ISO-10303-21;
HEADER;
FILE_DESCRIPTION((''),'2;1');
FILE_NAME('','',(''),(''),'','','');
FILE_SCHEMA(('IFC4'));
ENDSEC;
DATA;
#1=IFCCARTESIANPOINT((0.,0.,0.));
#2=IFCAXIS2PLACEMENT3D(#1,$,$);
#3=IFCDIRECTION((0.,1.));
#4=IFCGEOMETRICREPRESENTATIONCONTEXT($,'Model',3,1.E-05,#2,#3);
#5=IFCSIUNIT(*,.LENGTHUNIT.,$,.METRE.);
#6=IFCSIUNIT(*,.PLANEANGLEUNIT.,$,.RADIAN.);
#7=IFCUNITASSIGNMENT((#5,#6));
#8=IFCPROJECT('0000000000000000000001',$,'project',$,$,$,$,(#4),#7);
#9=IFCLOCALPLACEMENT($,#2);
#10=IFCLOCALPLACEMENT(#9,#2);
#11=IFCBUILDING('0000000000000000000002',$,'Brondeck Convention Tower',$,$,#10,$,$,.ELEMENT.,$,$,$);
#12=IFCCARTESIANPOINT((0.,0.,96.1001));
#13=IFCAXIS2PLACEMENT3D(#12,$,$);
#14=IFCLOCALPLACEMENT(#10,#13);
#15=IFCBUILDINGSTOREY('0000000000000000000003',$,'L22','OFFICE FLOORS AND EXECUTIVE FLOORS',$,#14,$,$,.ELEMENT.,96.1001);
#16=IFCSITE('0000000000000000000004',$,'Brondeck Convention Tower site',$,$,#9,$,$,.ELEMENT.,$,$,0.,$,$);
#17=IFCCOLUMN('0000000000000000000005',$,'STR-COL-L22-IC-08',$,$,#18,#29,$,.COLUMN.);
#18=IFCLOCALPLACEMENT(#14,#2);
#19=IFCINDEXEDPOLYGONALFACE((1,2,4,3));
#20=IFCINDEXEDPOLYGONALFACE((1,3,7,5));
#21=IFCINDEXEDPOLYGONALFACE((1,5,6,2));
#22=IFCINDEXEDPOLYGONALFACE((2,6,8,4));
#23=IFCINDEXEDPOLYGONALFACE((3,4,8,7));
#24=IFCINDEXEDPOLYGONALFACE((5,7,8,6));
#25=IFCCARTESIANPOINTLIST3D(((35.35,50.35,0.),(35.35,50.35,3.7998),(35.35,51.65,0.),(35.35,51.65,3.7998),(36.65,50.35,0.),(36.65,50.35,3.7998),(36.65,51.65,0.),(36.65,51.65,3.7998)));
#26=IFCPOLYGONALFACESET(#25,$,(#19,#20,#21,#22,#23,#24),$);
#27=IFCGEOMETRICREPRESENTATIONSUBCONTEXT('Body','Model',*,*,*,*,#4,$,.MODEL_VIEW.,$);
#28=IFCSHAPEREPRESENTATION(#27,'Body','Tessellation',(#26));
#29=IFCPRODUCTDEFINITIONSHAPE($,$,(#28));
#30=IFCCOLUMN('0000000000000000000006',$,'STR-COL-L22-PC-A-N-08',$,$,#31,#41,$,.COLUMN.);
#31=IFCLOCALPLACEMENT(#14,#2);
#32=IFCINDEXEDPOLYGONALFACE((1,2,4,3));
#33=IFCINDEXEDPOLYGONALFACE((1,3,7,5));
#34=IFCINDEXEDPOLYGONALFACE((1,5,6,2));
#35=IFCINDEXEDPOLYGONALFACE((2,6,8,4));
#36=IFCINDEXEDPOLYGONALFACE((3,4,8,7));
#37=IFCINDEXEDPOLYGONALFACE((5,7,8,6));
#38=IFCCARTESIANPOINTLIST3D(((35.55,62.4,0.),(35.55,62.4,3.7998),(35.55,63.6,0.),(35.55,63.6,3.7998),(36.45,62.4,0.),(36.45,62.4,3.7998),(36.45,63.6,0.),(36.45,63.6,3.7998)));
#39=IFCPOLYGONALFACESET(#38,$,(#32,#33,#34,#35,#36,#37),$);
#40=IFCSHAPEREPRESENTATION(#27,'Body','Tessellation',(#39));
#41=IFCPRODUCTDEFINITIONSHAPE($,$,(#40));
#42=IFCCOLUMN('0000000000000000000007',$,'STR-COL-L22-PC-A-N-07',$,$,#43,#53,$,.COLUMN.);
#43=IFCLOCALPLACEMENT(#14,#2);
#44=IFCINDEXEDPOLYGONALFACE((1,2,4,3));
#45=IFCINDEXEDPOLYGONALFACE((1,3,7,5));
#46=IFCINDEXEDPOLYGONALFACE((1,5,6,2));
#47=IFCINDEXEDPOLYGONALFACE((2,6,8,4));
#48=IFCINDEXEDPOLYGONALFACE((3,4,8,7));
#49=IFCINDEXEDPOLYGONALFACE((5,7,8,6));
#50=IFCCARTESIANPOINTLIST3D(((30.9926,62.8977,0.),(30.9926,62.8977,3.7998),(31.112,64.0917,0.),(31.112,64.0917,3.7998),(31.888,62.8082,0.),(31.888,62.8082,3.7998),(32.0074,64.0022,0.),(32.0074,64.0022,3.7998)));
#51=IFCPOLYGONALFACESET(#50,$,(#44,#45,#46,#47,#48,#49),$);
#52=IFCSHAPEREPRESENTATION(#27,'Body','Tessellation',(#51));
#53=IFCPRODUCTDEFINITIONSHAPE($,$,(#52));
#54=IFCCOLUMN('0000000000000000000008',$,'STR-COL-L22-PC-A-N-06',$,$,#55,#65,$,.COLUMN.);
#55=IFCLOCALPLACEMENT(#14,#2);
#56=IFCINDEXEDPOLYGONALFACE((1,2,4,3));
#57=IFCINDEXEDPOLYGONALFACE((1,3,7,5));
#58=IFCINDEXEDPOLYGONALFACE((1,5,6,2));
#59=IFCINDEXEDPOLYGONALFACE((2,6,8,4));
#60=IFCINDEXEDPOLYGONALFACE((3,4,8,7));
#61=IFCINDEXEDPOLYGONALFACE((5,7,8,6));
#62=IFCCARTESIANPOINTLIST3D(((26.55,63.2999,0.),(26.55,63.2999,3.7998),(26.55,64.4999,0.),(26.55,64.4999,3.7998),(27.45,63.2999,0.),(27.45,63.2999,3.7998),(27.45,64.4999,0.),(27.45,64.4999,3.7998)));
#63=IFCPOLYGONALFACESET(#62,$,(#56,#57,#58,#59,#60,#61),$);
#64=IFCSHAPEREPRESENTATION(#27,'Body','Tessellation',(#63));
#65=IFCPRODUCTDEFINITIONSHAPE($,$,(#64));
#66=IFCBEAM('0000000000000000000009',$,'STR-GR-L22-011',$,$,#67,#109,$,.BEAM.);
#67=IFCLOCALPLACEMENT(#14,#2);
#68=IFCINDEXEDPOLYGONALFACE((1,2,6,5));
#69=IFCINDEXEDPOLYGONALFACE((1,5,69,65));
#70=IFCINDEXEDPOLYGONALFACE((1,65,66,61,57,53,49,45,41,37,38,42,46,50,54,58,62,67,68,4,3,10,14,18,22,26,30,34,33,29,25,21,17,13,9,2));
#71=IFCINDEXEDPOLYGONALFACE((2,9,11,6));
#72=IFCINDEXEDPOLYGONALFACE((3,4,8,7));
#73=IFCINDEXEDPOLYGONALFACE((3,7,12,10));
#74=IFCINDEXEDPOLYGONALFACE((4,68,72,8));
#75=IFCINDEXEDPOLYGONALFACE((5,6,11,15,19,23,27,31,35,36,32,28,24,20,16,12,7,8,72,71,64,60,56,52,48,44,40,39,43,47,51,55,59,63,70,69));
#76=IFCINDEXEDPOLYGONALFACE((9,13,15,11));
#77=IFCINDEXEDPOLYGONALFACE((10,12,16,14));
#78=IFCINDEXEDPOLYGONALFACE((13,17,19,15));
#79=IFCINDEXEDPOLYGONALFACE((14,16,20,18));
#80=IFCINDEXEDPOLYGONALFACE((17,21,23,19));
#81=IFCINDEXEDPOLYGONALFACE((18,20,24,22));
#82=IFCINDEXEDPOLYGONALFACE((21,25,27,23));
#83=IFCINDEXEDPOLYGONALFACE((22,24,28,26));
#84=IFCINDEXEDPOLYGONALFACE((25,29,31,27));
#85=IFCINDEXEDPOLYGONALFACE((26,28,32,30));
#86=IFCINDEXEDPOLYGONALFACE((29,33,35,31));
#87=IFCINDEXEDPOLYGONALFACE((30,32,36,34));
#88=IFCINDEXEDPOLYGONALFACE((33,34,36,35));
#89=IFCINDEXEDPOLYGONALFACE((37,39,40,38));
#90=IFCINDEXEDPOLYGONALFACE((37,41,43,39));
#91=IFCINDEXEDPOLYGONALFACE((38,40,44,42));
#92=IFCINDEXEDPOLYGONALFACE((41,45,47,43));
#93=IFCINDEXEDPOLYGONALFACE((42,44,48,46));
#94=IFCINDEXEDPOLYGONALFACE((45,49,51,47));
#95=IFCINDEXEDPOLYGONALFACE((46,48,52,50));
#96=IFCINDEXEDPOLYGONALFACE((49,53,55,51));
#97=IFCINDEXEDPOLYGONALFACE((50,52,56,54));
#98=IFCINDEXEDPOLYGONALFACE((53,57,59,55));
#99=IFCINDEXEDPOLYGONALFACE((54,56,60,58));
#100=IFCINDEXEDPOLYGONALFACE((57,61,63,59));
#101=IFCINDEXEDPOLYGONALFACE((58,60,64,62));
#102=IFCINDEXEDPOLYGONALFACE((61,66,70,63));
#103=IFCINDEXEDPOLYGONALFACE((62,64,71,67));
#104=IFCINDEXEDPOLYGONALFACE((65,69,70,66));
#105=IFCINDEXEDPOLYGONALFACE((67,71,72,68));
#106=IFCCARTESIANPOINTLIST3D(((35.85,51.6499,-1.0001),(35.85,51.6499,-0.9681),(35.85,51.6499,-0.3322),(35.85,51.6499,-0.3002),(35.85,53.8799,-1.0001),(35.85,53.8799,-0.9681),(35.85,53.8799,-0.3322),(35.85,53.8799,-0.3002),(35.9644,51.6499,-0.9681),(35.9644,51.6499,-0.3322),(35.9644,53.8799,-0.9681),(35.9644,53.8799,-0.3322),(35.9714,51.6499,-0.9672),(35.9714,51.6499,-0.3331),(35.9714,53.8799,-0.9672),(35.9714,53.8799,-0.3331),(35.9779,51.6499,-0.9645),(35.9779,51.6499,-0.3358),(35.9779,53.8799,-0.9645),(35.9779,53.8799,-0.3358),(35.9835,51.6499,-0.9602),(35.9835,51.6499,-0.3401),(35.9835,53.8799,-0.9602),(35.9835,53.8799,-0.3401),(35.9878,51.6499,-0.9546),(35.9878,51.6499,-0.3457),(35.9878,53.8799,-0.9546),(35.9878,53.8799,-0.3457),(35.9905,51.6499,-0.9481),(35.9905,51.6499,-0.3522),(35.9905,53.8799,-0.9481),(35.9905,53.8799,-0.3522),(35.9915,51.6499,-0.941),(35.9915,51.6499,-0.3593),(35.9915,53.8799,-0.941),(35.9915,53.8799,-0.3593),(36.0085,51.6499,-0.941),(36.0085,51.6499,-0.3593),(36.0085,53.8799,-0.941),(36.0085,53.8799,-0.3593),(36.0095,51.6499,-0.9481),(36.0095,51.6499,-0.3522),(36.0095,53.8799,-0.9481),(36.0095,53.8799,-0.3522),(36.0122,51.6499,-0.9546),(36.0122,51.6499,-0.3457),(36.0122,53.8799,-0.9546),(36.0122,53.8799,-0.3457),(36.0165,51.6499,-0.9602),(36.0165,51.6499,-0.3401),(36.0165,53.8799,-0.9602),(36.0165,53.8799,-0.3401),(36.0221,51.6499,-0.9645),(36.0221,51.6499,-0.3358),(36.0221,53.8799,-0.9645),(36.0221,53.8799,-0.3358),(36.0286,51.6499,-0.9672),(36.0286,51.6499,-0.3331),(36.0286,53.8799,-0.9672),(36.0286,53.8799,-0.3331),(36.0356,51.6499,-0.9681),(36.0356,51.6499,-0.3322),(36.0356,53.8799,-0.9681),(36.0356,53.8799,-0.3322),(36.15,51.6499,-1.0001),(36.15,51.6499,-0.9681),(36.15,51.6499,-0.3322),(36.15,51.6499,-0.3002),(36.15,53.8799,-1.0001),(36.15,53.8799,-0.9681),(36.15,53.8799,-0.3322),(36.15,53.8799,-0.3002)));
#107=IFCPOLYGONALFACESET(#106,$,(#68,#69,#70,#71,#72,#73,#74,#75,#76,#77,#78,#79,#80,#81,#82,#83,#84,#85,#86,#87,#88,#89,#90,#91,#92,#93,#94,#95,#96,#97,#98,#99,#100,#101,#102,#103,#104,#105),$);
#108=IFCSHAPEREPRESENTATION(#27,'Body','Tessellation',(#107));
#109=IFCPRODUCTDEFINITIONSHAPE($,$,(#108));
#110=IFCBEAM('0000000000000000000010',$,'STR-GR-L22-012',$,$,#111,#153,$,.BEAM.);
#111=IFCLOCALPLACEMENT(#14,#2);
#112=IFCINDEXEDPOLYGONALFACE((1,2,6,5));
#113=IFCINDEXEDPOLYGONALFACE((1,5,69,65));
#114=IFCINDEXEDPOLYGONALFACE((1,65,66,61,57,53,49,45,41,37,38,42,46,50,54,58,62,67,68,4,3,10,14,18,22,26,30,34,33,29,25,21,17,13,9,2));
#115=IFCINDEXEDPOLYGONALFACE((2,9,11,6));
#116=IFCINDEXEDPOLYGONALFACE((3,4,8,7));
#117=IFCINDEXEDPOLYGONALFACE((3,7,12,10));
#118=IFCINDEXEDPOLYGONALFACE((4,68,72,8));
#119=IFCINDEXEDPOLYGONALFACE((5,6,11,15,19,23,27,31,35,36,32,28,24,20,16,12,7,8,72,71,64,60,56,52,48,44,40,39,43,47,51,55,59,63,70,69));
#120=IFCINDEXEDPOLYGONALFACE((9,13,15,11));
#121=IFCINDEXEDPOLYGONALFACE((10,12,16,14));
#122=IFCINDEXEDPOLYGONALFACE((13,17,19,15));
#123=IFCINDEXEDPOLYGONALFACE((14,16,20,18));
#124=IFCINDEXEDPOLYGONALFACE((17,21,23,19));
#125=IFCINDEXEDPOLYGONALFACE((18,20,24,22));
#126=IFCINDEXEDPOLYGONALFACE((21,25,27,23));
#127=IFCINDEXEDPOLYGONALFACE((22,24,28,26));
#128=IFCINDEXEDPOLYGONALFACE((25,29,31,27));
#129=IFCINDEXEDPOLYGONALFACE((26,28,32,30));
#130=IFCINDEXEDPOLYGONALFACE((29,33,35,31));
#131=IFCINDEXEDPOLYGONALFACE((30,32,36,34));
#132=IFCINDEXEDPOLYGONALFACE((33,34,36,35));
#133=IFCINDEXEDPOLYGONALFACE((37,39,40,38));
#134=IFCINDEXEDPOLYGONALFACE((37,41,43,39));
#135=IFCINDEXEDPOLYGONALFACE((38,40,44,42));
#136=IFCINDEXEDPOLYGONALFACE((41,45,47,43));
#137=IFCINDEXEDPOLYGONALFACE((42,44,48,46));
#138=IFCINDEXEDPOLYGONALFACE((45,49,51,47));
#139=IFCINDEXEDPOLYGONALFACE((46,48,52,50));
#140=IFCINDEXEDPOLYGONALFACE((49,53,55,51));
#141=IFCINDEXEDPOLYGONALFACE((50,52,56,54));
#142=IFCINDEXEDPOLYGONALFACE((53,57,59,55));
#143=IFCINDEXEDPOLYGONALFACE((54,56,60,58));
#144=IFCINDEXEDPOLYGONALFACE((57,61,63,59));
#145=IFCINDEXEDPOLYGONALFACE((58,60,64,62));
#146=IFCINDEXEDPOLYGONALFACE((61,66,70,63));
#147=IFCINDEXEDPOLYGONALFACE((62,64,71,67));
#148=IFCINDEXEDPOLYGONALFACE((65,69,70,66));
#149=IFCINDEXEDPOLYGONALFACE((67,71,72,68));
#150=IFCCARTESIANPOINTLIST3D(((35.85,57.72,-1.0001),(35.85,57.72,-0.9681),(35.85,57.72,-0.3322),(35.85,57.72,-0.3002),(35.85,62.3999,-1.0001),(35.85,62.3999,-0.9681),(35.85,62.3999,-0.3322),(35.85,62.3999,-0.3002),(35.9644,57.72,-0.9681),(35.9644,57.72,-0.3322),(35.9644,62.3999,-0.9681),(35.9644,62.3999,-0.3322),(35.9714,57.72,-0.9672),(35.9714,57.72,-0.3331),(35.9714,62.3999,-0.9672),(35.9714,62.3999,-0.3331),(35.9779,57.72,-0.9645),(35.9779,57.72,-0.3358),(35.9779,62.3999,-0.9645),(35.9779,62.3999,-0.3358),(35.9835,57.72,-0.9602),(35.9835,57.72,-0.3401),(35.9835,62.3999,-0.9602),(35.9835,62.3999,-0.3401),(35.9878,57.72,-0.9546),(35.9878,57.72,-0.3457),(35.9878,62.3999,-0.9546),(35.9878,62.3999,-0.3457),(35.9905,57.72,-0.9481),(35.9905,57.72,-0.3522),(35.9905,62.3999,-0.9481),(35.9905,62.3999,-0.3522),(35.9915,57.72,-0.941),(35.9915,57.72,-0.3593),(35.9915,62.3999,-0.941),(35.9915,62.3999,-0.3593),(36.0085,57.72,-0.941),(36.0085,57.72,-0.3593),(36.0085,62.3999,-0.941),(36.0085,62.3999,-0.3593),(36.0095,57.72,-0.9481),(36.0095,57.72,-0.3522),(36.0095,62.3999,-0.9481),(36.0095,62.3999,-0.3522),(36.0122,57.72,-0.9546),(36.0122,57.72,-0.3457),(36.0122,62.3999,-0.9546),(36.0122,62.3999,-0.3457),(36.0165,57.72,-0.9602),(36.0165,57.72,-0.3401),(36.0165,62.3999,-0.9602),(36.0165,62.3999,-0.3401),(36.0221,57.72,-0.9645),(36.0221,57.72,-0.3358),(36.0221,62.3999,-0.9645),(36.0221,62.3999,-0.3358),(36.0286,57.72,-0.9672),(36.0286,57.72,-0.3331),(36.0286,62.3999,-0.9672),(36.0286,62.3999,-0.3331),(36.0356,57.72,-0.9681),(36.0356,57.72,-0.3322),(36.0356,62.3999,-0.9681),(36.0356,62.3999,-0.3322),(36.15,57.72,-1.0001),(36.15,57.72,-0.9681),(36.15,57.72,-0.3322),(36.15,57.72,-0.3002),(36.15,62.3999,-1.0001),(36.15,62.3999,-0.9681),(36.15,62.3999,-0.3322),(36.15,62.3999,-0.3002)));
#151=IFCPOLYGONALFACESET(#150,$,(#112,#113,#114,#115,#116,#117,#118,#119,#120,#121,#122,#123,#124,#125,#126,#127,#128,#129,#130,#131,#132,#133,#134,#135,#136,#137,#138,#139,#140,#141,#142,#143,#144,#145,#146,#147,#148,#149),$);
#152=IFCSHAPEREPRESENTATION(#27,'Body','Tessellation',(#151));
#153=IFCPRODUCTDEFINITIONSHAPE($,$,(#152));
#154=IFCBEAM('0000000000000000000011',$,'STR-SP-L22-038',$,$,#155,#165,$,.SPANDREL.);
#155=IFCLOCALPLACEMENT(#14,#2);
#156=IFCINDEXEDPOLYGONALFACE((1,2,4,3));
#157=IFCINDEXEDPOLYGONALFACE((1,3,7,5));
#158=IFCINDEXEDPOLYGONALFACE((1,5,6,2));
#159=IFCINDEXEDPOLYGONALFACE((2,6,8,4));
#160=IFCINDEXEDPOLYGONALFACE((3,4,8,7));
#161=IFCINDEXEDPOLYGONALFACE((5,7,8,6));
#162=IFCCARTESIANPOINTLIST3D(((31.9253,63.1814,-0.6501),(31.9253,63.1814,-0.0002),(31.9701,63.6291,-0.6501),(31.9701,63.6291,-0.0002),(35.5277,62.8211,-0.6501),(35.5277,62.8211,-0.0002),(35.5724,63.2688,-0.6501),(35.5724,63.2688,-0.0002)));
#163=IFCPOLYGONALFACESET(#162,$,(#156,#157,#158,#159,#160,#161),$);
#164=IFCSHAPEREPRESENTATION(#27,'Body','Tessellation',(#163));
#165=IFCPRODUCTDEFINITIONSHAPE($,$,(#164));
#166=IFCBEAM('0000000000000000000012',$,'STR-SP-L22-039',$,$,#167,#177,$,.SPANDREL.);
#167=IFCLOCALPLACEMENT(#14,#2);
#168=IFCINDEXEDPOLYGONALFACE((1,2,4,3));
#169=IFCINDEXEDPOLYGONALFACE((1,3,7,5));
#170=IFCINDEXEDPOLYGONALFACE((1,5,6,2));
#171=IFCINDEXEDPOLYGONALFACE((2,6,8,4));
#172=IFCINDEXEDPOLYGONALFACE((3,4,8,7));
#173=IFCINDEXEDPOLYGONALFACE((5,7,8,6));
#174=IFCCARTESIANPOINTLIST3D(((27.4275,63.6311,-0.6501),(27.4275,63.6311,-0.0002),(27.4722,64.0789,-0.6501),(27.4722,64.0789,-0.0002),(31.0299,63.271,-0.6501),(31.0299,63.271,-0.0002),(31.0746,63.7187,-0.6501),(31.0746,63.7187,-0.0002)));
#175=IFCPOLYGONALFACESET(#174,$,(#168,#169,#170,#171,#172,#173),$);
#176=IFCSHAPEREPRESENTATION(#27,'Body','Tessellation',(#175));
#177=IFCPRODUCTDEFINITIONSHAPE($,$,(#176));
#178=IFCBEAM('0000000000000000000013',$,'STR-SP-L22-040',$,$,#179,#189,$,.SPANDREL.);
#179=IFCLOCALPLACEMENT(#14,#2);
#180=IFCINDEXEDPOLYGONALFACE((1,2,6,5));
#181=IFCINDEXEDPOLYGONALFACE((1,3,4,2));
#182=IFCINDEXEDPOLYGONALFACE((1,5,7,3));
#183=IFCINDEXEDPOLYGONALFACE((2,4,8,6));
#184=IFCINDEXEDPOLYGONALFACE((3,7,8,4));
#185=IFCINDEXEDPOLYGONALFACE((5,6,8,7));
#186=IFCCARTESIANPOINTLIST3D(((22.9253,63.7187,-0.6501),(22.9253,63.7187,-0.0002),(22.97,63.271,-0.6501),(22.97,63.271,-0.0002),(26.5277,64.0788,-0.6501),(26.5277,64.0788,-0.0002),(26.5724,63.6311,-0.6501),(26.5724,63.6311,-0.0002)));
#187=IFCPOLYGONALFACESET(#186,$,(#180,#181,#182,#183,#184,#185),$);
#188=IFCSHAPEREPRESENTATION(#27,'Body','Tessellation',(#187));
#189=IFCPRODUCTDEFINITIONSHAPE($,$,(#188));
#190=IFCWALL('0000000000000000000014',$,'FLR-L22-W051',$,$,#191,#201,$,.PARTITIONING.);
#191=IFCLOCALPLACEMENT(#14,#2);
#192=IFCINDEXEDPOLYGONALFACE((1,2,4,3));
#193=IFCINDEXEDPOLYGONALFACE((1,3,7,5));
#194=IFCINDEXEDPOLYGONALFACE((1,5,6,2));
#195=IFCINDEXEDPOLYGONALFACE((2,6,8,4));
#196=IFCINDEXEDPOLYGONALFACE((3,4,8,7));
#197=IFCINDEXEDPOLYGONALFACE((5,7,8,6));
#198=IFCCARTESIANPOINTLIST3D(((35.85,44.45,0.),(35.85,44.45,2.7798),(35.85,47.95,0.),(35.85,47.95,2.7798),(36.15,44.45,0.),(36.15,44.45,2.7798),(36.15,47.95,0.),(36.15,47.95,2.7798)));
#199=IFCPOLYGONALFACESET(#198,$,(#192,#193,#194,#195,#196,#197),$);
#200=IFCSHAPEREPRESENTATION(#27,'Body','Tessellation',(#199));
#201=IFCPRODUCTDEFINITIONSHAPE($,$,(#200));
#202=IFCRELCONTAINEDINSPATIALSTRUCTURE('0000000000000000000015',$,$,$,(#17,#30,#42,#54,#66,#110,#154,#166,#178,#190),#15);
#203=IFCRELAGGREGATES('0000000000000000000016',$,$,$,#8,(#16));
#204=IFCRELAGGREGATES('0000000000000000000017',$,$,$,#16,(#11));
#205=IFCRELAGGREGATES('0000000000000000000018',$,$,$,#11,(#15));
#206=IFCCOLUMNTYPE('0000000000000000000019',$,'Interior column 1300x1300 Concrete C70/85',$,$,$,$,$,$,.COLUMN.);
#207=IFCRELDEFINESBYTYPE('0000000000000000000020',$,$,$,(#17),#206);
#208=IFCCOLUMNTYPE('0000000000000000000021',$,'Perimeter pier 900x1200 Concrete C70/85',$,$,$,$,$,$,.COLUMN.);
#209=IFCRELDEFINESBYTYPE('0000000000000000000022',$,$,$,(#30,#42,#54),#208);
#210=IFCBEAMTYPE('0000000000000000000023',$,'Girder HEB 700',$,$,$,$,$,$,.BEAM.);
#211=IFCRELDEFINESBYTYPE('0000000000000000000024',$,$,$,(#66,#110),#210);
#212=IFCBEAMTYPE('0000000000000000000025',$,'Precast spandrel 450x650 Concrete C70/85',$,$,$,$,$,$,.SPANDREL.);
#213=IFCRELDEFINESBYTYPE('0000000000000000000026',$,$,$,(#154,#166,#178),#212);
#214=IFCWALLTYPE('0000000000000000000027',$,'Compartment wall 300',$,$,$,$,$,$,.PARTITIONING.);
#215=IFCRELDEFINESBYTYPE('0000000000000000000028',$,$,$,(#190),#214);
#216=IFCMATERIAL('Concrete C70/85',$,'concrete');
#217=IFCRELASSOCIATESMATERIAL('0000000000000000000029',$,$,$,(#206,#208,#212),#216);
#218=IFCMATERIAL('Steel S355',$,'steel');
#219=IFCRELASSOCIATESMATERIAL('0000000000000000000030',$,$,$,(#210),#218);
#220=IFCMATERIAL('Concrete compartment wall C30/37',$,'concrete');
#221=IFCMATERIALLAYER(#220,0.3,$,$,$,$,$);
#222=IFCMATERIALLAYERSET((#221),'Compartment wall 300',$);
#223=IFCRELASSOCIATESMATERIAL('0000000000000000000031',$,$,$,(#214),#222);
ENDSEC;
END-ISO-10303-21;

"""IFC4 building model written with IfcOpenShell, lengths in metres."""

from ifc_helpers import new_model, si_unit, direction, frame, frame_2d, origin, origin_2d, place, context, subcontext, project, spatial, rectangle, i_section, extrude, material, layer, layer_set, material_profile, profile_set, type_object, element, save


model = new_model("IFC4")

# Units and contexts
model_context = context("Model", 3, precision=1e-05, world=origin(), true_north=direction((0.0, 1.0)))
body_context = subcontext(model_context, "Body", "Model", "MODEL_VIEW")
ifc_project = project(units=[si_unit("LENGTHUNIT", "METRE"), si_unit("PLANEANGLEUNIT", "RADIAN")], contexts=[model_context])

# Site, building, storey
site_placement = place(None, origin())
site = spatial("IfcSite", under=ifc_project, at=site_placement, Name="Brondeck Convention Tower site", CompositionType="ELEMENT", RefElevation=0.0)
building_placement = place(site_placement, origin())
building = spatial("IfcBuilding", under=site, at=building_placement, Name="Brondeck Convention Tower", CompositionType="ELEMENT")
storey_placement = place(building_placement, frame((0.0, 0.0, 96.1001)))
storey = spatial("IfcBuildingStorey", under=building, at=storey_placement, Name="L22", Description="OFFICE FLOORS AND EXECUTIVE FLOORS", CompositionType="ELEMENT", Elevation=96.1001)

# Columns
ifc_material_1 = material(Name="Concrete C70/85", Category="concrete")
ifc_material_profile_1 = material_profile(ifc_material_1, rectangle(XDim=1.3, YDim=1.3, at=origin_2d()), Name="Interior column 1300x1300 Concrete C70/85")
ifc_profile_set_1 = profile_set([ifc_material_profile_1], Name="Concrete C70/85")
column_type_1 = type_object("IfcColumnType", Name="Interior column 1300x1300 Concrete C70/85", PredefinedType="COLUMN", material=ifc_profile_set_1)
column_placement = place(storey_placement, frame((36.0, 51.0, 0.0), z_axis=(0.0, 0.0, 1.0), x_axis=(1.0, 0.0, 0.0)))
element("IfcColumn", 1, at=column_placement, inside=storey, type_object=column_type_1, Name="STR-COL-L22-IC-08", PredefinedType="COLUMN", context=body_context, shape_type="SweptSolid", body=[
    extrude(rectangle(XDim=1.3, YDim=1.3, at=origin_2d()), origin(), (0.0, 0.0, 1.0), 3.7998),
])
ifc_material_profile_2 = material_profile(ifc_material_1, rectangle(XDim=0.8999, YDim=1.2, at=origin_2d()), Name="Perimeter pier 900x1200 Concrete C70/85")
ifc_profile_set_2 = profile_set([ifc_material_profile_2], Name="Concrete C70/85")
column_type_2 = type_object("IfcColumnType", Name="Perimeter pier 900x1200 Concrete C70/85", PredefinedType="COLUMN", material=ifc_profile_set_2)
for number, where, z_axis, x_axis, name in (
    (2, (36.0, 63.0, 0.0), (0.0, 0.0, 1.0), (-1.0, 0.0, 0.0), "STR-COL-L22-PC-A-N-08"),
    (3, (31.5, 63.45, 0.0), (0.0, 0.0, 1.0), (-0.995037, 0.099504, 0.0), "STR-COL-L22-PC-A-N-07"),
    (4, (27.0, 63.8999, 0.0), (0.0, 0.0, 1.0), (-1.0, 0.0, 0.0), "STR-COL-L22-PC-A-N-06"),
):
    element("IfcColumn", number, at=place(storey_placement, frame(where, z_axis=z_axis, x_axis=x_axis)), inside=storey, type_object=column_type_2, Name=name, PredefinedType="COLUMN", context=body_context, shape_type="SweptSolid", body=[
        extrude(rectangle(XDim=0.8999, YDim=1.2, at=origin_2d()), origin(), (0.0, 0.0, 1.0), 3.7998),
    ])

# Beams
ifc_material_2 = material(Name="Steel S355", Category="steel")
ifc_material_profile_3 = material_profile(ifc_material_2, i_section(OverallWidth=0.3, OverallDepth=0.7, WebThickness=0.0171, FlangeThickness=0.032, FilletRadius=0.0271, at=origin_2d()), Name="HEB 700")
ifc_profile_set_3 = profile_set([ifc_material_profile_3], Name="Steel S355")
beam_type_1 = type_object("IfcBeamType", Name="Girder HEB 700", PredefinedType="BEAM", material=ifc_profile_set_3)
beam_1_placement = place(storey_placement, frame((36.0, 51.6499, -0.6501), z_axis=(0.0, 1.0, 0.0), x_axis=(-1.0, 0.0, 0.0)))
element("IfcBeam", 5, at=beam_1_placement, inside=storey, type_object=beam_type_1, Name="STR-GR-L22-011", PredefinedType="BEAM", context=body_context, shape_type="SweptSolid", body=[
    extrude(i_section(OverallWidth=0.3, OverallDepth=0.7, WebThickness=0.0171, FlangeThickness=0.032, FilletRadius=0.0271, at=origin_2d()), origin(), (0.0, 0.0, 1.0), 2.23),
])
beam_2_placement = place(storey_placement, frame((36.0, 57.72, -0.6501), z_axis=(0.0, 1.0, 0.0), x_axis=(-1.0, 0.0, 0.0)))
element("IfcBeam", 6, at=beam_2_placement, inside=storey, type_object=beam_type_1, Name="STR-GR-L22-012", PredefinedType="BEAM", context=body_context, shape_type="SweptSolid", body=[
    extrude(i_section(OverallWidth=0.3, OverallDepth=0.7, WebThickness=0.0171, FlangeThickness=0.032, FilletRadius=0.0271, at=origin_2d()), origin(), (0.0, 0.0, 1.0), 4.6799),
])
ifc_material_profile_4 = material_profile(ifc_material_1, rectangle(XDim=0.45, YDim=0.6499, at=origin_2d()), Name="Precast spandrel 450x650 Concrete C70/85")
ifc_profile_set_4 = profile_set([ifc_material_profile_4], Name="Concrete C70/85")
beam_type_2 = type_object("IfcBeamType", Name="Precast spandrel 450x650 Concrete C70/85", PredefinedType="SPANDREL", material=ifc_profile_set_4)
for number, where, z_axis, x_axis, name in (
    (7, (35.55, 63.0449, -0.3252), (-0.995034, 0.099537, 0.0), (-0.099537, -0.995034, 0.0), "STR-SP-L22-038"),
    (8, (31.0522, 63.4949, -0.3252), (-0.995041, 0.09947, 0.0), (-0.09947, -0.995041, 0.0), "STR-SP-L22-039"),
    (9, (26.55, 63.855, -0.3252), (-0.995041, -0.09947, 0.0), (0.09947, -0.995041, 0.0), "STR-SP-L22-040"),
):
    element("IfcBeam", number, at=place(storey_placement, frame(where, z_axis=z_axis, x_axis=x_axis)), inside=storey, type_object=beam_type_2, Name=name, PredefinedType="SPANDREL", context=body_context, shape_type="SweptSolid", body=[
        extrude(rectangle(XDim=0.45, YDim=0.6499, at=origin_2d()), origin(), (0.0, 0.0, 1.0), 3.6204),
    ])

# Wall
ifc_material_3 = material(Name="Concrete compartment wall C30/37", Category="concrete")
ifc_layer_1 = layer(ifc_material_3, 0.3)
ifc_layer_set_1 = layer_set([ifc_layer_1], Name="Compartment wall 300")
wall_type_1 = type_object("IfcWallType", Name="Compartment wall 300", PredefinedType="PARTITIONING", material=ifc_layer_set_1)
wall_1_placement = place(storey_placement, frame((36.0, 44.45, 0.0), z_axis=(0.0, 0.0, 1.0), x_axis=(0.0, 1.0, 0.0)))
element("IfcWall", 10, at=wall_1_placement, inside=storey, type_object=wall_type_1, Name="FLR-L22-W051", PredefinedType="PARTITIONING", context=body_context, shape_type="SweptSolid", body=[
    extrude(rectangle(XDim=3.5, YDim=0.3, at=frame_2d((1.75, 0.0))), origin(), (0.0, 0.0, 1.0), 2.7798),
])

save(model, "model.ifc")
